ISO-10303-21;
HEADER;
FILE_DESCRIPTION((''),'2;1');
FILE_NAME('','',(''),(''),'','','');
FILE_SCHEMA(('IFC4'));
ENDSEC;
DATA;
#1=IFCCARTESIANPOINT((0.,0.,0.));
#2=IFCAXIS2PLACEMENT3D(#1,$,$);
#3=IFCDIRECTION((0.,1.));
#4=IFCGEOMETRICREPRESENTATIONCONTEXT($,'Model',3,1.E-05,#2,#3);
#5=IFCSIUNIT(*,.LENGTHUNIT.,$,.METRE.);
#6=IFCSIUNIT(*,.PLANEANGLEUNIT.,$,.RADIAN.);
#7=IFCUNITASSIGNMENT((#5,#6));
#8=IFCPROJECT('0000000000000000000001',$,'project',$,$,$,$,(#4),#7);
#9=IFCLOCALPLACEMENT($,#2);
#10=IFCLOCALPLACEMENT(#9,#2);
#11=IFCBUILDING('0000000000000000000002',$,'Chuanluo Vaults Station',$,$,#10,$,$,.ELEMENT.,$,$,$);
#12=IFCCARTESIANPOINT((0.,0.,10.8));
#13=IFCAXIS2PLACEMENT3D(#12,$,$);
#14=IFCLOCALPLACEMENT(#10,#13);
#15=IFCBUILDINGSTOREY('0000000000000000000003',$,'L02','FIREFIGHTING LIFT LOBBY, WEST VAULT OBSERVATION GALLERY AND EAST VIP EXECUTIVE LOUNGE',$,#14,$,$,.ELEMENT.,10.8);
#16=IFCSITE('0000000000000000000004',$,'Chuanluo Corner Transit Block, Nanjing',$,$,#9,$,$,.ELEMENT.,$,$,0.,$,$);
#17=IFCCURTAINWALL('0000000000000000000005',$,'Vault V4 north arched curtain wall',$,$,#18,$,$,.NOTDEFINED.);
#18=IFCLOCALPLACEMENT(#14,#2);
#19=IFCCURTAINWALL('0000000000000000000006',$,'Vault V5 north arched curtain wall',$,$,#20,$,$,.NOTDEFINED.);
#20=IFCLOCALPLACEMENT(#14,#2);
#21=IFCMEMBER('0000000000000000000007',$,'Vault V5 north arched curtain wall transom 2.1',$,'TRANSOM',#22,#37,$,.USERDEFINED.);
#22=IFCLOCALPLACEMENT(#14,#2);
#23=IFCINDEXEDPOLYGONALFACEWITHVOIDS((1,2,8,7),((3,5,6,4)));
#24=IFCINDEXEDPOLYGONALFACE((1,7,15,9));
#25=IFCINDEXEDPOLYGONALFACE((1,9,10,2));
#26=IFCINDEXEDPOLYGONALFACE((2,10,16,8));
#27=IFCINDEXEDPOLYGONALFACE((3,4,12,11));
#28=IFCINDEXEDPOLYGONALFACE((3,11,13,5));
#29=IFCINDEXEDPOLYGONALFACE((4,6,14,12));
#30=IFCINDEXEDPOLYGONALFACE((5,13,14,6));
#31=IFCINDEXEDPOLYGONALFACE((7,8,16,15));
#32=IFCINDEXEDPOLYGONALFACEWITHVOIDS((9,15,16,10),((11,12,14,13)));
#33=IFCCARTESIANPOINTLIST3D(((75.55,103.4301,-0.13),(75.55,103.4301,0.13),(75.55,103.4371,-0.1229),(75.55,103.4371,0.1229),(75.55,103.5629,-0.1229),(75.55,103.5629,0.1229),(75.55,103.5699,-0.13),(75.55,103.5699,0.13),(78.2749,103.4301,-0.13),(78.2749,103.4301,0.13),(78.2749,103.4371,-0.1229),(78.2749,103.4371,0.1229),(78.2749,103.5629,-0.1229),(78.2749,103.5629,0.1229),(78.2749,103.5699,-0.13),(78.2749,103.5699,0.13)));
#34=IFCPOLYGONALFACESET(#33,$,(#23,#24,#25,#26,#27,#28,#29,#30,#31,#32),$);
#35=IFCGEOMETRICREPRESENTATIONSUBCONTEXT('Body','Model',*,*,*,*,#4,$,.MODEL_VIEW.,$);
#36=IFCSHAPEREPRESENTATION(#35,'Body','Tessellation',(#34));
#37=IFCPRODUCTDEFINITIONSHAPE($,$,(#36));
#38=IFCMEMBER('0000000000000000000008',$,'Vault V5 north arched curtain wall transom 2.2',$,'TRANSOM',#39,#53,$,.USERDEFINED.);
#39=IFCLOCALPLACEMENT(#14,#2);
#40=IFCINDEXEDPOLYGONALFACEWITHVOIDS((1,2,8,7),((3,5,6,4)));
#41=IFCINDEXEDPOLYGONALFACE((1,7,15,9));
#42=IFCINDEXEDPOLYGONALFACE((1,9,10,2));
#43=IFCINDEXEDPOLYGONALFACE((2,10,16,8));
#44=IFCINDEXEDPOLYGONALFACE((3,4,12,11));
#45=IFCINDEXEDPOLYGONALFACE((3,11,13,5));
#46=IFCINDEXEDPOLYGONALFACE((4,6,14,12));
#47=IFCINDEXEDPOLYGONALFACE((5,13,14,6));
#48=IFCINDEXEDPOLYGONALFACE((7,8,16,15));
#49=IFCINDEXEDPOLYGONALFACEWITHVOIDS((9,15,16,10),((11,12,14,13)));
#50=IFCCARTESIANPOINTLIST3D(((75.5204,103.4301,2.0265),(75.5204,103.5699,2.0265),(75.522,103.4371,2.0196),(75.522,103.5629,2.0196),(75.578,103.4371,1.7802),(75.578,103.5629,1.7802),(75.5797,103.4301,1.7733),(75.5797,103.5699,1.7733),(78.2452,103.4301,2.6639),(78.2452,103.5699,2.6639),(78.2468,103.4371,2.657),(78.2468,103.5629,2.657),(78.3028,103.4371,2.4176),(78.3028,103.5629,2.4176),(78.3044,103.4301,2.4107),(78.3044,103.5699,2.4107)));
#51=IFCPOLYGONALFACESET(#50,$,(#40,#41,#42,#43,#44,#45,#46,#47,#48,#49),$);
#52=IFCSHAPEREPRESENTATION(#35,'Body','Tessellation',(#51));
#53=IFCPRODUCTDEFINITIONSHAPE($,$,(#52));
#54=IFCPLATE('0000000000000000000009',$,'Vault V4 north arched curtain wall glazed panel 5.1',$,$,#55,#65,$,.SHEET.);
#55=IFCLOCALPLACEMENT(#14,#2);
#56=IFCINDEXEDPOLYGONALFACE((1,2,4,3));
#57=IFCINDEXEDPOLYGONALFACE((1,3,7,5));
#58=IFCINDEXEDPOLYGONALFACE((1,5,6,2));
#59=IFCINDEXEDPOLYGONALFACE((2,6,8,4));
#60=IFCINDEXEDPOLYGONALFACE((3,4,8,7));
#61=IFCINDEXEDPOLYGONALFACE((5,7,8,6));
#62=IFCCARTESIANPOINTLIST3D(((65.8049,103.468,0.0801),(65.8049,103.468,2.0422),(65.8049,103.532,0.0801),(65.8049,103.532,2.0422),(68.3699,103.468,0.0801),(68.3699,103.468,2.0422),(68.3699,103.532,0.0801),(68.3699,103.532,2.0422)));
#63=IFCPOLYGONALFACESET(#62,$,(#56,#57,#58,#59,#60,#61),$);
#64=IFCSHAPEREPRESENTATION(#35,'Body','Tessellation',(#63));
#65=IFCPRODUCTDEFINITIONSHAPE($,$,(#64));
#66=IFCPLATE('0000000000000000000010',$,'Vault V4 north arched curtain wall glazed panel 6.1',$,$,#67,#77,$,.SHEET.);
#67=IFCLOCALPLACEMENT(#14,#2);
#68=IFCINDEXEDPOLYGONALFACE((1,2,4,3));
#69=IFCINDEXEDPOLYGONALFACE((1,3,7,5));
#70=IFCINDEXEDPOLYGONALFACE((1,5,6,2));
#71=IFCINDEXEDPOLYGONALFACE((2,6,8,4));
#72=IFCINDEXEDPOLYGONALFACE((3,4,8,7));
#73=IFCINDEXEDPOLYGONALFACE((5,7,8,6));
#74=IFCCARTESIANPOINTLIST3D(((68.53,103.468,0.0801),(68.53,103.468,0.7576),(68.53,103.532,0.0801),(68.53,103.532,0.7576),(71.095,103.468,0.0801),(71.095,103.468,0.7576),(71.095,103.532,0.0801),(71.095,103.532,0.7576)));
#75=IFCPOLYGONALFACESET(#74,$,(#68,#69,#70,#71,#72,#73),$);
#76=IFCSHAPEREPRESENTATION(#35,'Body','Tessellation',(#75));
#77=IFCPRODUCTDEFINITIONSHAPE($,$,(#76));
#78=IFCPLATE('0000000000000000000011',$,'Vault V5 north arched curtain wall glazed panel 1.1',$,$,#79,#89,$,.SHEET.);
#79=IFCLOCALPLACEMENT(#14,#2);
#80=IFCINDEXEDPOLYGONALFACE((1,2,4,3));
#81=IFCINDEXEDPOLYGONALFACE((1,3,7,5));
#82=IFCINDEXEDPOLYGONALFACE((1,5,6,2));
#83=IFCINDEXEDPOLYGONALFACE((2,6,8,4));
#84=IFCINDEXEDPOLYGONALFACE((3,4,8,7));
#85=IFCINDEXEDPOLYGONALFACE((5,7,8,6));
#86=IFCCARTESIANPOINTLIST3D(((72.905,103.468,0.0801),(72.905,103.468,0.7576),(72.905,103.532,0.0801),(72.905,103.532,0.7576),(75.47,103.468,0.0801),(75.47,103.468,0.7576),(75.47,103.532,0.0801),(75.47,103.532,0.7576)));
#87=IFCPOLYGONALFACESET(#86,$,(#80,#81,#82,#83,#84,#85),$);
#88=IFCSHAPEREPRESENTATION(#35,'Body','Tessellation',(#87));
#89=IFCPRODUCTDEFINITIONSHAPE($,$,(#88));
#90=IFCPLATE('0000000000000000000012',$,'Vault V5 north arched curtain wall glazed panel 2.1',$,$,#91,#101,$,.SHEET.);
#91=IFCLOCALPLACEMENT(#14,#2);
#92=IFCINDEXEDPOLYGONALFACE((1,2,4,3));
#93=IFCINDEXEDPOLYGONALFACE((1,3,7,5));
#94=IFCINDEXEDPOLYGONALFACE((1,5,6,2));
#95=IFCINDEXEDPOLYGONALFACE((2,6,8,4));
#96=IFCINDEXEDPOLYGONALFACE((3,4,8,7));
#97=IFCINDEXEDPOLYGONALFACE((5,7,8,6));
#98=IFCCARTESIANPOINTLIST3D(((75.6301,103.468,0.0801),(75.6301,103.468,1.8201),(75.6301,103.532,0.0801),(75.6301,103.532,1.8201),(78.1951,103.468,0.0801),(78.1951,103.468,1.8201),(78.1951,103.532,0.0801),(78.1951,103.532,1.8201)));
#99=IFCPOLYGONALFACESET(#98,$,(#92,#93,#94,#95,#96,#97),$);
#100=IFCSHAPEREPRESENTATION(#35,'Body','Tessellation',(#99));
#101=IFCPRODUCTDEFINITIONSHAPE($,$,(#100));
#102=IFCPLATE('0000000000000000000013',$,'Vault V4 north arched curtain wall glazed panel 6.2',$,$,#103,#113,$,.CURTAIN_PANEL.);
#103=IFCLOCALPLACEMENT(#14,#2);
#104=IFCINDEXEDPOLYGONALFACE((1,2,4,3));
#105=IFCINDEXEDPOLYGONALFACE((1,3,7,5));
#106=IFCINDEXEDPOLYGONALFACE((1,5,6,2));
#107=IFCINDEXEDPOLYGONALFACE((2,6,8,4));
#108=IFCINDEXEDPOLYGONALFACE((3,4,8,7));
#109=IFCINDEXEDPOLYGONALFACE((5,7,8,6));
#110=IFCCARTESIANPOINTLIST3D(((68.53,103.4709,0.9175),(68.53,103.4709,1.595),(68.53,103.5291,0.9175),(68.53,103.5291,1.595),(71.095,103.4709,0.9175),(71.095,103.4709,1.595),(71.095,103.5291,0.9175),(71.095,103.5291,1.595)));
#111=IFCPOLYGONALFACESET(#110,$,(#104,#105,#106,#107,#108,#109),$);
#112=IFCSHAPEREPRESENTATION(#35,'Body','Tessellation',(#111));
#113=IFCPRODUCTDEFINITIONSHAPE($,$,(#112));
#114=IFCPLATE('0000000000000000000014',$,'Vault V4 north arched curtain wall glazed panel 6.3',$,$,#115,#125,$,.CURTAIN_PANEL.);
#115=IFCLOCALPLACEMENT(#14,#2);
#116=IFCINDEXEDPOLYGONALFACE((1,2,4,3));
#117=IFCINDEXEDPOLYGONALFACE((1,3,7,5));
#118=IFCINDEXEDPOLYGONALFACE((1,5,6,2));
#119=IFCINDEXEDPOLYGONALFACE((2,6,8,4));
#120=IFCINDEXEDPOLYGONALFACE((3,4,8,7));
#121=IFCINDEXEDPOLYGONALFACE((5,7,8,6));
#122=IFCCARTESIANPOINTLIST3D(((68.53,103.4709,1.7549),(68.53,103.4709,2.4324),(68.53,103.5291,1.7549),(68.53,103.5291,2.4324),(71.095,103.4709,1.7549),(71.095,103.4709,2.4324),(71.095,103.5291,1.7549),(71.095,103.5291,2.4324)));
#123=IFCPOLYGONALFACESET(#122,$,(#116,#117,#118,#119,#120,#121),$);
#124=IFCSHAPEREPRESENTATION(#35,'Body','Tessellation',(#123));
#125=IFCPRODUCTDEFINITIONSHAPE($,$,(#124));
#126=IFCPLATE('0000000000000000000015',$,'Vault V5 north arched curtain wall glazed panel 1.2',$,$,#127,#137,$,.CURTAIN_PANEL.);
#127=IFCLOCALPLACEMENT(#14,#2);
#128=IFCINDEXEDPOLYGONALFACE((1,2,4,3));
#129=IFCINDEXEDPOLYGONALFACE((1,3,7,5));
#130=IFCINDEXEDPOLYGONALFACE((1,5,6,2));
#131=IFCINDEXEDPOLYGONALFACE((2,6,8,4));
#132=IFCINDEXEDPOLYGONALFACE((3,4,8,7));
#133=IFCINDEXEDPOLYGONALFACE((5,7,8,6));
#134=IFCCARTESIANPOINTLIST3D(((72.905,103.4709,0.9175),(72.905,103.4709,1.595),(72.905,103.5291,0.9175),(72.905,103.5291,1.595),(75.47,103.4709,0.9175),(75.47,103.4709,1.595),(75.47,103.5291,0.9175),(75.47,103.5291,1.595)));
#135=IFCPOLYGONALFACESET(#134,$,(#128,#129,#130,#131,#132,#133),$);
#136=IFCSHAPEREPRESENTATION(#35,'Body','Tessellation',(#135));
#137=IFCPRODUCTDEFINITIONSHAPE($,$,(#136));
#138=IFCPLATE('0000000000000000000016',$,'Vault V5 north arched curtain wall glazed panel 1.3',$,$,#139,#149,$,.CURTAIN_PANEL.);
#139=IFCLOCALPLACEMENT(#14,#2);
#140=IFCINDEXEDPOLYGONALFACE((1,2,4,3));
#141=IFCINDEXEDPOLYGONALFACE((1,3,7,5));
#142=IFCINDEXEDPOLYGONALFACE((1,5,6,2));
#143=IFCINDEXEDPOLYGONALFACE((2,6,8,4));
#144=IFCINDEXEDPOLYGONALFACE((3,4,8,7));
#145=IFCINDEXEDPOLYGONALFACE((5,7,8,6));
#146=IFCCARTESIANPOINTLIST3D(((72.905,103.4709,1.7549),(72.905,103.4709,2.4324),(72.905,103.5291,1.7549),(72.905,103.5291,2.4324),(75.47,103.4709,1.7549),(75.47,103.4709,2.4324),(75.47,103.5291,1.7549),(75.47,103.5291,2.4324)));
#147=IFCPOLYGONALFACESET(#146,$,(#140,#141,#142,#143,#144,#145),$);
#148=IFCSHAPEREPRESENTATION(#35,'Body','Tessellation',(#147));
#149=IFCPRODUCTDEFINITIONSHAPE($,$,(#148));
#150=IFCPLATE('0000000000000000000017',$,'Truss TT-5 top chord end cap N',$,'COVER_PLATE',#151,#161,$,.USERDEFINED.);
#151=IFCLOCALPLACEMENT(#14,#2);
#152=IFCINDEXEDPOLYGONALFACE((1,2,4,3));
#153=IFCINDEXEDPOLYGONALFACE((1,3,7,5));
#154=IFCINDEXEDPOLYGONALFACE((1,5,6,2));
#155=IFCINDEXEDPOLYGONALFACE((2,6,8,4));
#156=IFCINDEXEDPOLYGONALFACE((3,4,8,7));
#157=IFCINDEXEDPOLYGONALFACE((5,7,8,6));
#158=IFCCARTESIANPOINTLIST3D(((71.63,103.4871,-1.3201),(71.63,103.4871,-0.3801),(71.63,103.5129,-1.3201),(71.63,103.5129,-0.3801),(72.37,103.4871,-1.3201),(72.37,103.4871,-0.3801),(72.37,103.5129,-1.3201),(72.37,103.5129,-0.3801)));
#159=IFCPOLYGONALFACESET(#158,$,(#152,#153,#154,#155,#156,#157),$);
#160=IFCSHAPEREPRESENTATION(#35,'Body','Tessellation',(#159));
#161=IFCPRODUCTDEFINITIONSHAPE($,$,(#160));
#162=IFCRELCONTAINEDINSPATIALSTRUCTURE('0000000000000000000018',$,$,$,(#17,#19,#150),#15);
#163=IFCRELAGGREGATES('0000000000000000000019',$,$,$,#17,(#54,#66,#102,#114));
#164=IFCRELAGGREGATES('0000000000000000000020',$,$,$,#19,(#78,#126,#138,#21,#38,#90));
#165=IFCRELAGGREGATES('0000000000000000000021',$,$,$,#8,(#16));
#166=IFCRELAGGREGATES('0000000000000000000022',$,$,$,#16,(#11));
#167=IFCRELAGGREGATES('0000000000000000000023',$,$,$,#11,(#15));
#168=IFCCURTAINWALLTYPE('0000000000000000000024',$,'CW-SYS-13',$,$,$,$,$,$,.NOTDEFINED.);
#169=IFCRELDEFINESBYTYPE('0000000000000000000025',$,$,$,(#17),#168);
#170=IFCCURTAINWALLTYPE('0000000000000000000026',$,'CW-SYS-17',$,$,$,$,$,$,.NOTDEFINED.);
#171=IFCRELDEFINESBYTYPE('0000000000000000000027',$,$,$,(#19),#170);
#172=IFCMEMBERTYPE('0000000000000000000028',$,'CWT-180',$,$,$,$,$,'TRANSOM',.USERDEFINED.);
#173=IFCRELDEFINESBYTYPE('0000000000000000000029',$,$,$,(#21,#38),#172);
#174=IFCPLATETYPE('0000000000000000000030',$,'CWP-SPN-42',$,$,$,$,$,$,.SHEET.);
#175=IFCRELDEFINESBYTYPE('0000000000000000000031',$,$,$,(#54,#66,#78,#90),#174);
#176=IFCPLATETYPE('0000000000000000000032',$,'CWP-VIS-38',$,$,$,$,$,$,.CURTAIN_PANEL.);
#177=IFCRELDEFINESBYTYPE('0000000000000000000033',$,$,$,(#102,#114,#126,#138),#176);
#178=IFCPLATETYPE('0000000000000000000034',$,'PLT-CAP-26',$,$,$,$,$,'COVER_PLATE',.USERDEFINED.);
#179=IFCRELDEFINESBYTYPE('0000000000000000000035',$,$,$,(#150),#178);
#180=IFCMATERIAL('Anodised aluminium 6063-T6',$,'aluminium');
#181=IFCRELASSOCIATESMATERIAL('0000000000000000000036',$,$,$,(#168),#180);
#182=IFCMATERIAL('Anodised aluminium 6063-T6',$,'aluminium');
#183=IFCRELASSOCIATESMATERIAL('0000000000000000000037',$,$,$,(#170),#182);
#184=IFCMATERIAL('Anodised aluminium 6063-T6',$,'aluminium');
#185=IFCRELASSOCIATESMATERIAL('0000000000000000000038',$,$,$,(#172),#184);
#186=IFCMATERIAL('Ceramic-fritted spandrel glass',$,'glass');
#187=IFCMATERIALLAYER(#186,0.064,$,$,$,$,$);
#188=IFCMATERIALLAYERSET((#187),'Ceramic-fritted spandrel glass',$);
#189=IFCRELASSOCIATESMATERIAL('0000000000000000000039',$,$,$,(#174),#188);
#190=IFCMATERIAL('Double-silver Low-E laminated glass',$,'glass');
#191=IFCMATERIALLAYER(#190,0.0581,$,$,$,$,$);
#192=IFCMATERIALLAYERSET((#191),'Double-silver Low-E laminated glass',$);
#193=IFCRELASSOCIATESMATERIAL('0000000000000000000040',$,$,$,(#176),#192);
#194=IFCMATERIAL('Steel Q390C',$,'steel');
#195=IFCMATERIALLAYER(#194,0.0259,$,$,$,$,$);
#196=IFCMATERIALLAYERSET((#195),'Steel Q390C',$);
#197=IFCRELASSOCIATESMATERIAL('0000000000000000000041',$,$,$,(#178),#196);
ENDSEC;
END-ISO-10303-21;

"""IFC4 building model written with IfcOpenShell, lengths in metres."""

from ifc_helpers import new_model, si_unit, direction, frame, origin, origin_2d, place, context, subcontext, project, spatial, rectangle, hollow_rectangle, extrude, material, layer, layer_set, material_profile, profile_set, type_object, element, aggregate, save


model = new_model("IFC4")

# Units and contexts
model_context = context("Model", 3, precision=1e-05, world=origin(), true_north=direction((0.0, 1.0)))
body_context = subcontext(model_context, "Body", "Model", "MODEL_VIEW")
ifc_project = project(units=[si_unit("LENGTHUNIT", "METRE"), si_unit("PLANEANGLEUNIT", "RADIAN")], contexts=[model_context])

# Site, building, storey
site_placement = place(None, origin())
site = spatial("IfcSite", under=ifc_project, at=site_placement, Name="Chuanluo Corner Transit Block, Nanjing", CompositionType="ELEMENT", RefElevation=0.0)
building_placement = place(site_placement, origin())
building = spatial("IfcBuilding", under=site, at=building_placement, Name="Chuanluo Vaults Station", CompositionType="ELEMENT")
storey_placement = place(building_placement, frame((0.0, 0.0, 10.8)))
storey = spatial("IfcBuildingStorey", under=building, at=storey_placement, Name="L02", Description="FIREFIGHTING LIFT LOBBY, WEST VAULT OBSERVATION GALLERY AND EAST VIP EXECUTIVE LOUNGE", CompositionType="ELEMENT", Elevation=10.8)

# Curtain walls
ifc_material_1 = material(Name="Anodised aluminium 6063-T6", Category="aluminium")
curtain_wall_type_1 = type_object("IfcCurtainWallType", Name="CW-SYS-13", PredefinedType="NOTDEFINED", material=ifc_material_1)
curtain_wall_1_placement = place(storey_placement, origin())
curtain_wall_1 = element("IfcCurtainWall", 1, at=curtain_wall_1_placement, inside=storey, type_object=curtain_wall_type_1, Name="Vault V4 north arched curtain wall", PredefinedType="NOTDEFINED")
ifc_material_2 = material(Name="Anodised aluminium 6063-T6", Category="aluminium")
curtain_wall_type_2 = type_object("IfcCurtainWallType", Name="CW-SYS-17", PredefinedType="NOTDEFINED", material=ifc_material_2)
curtain_wall_2_placement = place(storey_placement, origin())
curtain_wall_2 = element("IfcCurtainWall", 2, at=curtain_wall_2_placement, inside=storey, type_object=curtain_wall_type_2, Name="Vault V5 north arched curtain wall", PredefinedType="NOTDEFINED")

# Members
ifc_material_3 = material(Name="Anodised aluminium 6063-T6", Category="aluminium")
ifc_material_profile_1 = material_profile(ifc_material_3, hollow_rectangle(XDim=0.1399, YDim=0.26, WallThickness=0.0071, at=origin_2d()))
ifc_profile_set_1 = profile_set([ifc_material_profile_1], Name="Anodised aluminium 6063-T6")
member_type_1 = type_object("IfcMemberType", Name="CWT-180", ElementType="TRANSOM", PredefinedType="USERDEFINED", material=ifc_profile_set_1)
member_1_placement = place(storey_placement, frame((75.55, 103.5, 0.0), z_axis=(1.0, 0.0, 0.0), x_axis=(0.0, 1.0, 0.0)))
member_1 = element("IfcMember", 3, at=member_1_placement, type_object=member_type_1, Name="Vault V5 north arched curtain wall transom 2.1", ObjectType="TRANSOM", PredefinedType="USERDEFINED", context=body_context, shape_type="SweptSolid", body=[
    extrude(hollow_rectangle(XDim=0.1399, YDim=0.26, WallThickness=0.0071, at=origin_2d()), origin(), (0.0, 0.0, 1.0), 2.7249),
])
member_2_placement = place(storey_placement, frame((75.55, 103.5, 1.8999), z_axis=(0.97371, 0.0, 0.227789), x_axis=(0.0, 1.0, 0.0)))
member_2 = element("IfcMember", 4, at=member_2_placement, type_object=member_type_1, Name="Vault V5 north arched curtain wall transom 2.2", ObjectType="TRANSOM", PredefinedType="USERDEFINED", context=body_context, shape_type="SweptSolid", body=[
    extrude(hollow_rectangle(XDim=0.1399, YDim=0.26, WallThickness=0.0071, at=origin_2d()), origin(), (0.0, 0.0, 1.0), 2.7983),
])

# Plates
ifc_material_4 = material(Name="Ceramic-fritted spandrel glass", Category="glass")
ifc_layer_1 = layer(ifc_material_4, 0.064)
ifc_layer_set_1 = layer_set([ifc_layer_1], Name="Ceramic-fritted spandrel glass")
plate_type_1 = type_object("IfcPlateType", Name="CWP-SPN-42", PredefinedType="SHEET", material=ifc_layer_set_1)
plate_1_placement = place(storey_placement, frame((67.0874, 103.5, 0.0801), z_axis=(0.0, 0.0, 1.0), x_axis=(1.0, 0.0, 0.0)))
plate_1 = element("IfcPlate", 5, at=plate_1_placement, type_object=plate_type_1, Name="Vault V4 north arched curtain wall glazed panel 5.1", PredefinedType="SHEET", context=body_context, shape_type="SweptSolid", body=[
    extrude(rectangle(XDim=2.5649, YDim=0.064, at=origin_2d()), origin(), (0.0, 0.0, 1.0), 1.9622),
])
plate_2_placement = place(storey_placement, frame((69.8125, 103.5, 0.0801), z_axis=(0.0, 0.0, 1.0), x_axis=(1.0, 0.0, 0.0)))
plate_2 = element("IfcPlate", 6, at=plate_2_placement, type_object=plate_type_1, Name="Vault V4 north arched curtain wall glazed panel 6.1", PredefinedType="SHEET", context=body_context, shape_type="SweptSolid", body=[
    extrude(rectangle(XDim=2.5649, YDim=0.064, at=origin_2d()), origin(), (0.0, 0.0, 1.0), 0.6775),
])
plate_3_placement = place(storey_placement, frame((74.1875, 103.5, 0.0801), z_axis=(0.0, 0.0, 1.0), x_axis=(1.0, 0.0, 0.0)))
plate_3 = element("IfcPlate", 7, at=plate_3_placement, type_object=plate_type_1, Name="Vault V5 north arched curtain wall glazed panel 1.1", PredefinedType="SHEET", context=body_context, shape_type="SweptSolid", body=[
    extrude(rectangle(XDim=2.5649, YDim=0.064, at=origin_2d()), origin(), (0.0, 0.0, 1.0), 0.6775),
])
plate_4_placement = place(storey_placement, frame((76.9126, 103.5, 0.0801), z_axis=(0.0, 0.0, 1.0), x_axis=(1.0, 0.0, 0.0)))
plate_4 = element("IfcPlate", 8, at=plate_4_placement, type_object=plate_type_1, Name="Vault V5 north arched curtain wall glazed panel 2.1", PredefinedType="SHEET", context=body_context, shape_type="SweptSolid", body=[
    extrude(rectangle(XDim=2.5649, YDim=0.064, at=origin_2d()), origin(), (0.0, 0.0, 1.0), 1.74),
])
ifc_material_5 = material(Name="Double-silver Low-E laminated glass", Category="glass")
ifc_layer_2 = layer(ifc_material_5, 0.0581)
ifc_layer_set_2 = layer_set([ifc_layer_2], Name="Double-silver Low-E laminated glass")
plate_type_2 = type_object("IfcPlateType", Name="CWP-VIS-38", PredefinedType="CURTAIN_PANEL", material=ifc_layer_set_2)
plate_5_placement = place(storey_placement, frame((69.8125, 103.5, 0.9175), z_axis=(0.0, 0.0, 1.0), x_axis=(1.0, 0.0, 0.0)))
plate_5 = element("IfcPlate", 9, at=plate_5_placement, type_object=plate_type_2, Name="Vault V4 north arched curtain wall glazed panel 6.2", PredefinedType="CURTAIN_PANEL", context=body_context, shape_type="SweptSolid", body=[
    extrude(rectangle(XDim=2.5649, YDim=0.0581, at=origin_2d()), origin(), (0.0, 0.0, 1.0), 0.6775),
])
plate_6_placement = place(storey_placement, frame((69.8125, 103.5, 1.7549), z_axis=(0.0, 0.0, 1.0), x_axis=(1.0, 0.0, 0.0)))
plate_6 = element("IfcPlate", 10, at=plate_6_placement, type_object=plate_type_2, Name="Vault V4 north arched curtain wall glazed panel 6.3", PredefinedType="CURTAIN_PANEL", context=body_context, shape_type="SweptSolid", body=[
    extrude(rectangle(XDim=2.5649, YDim=0.0581, at=origin_2d()), origin(), (0.0, 0.0, 1.0), 0.6775),
])
aggregate(curtain_wall_1, [plate_1, plate_2, plate_5, plate_6])
plate_7_placement = place(storey_placement, frame((74.1875, 103.5, 0.9175), z_axis=(0.0, 0.0, 1.0), x_axis=(1.0, 0.0, 0.0)))
plate_7 = element("IfcPlate", 11, at=plate_7_placement, type_object=plate_type_2, Name="Vault V5 north arched curtain wall glazed panel 1.2", PredefinedType="CURTAIN_PANEL", context=body_context, shape_type="SweptSolid", body=[
    extrude(rectangle(XDim=2.5649, YDim=0.0581, at=origin_2d()), origin(), (0.0, 0.0, 1.0), 0.6775),
])
plate_8_placement = place(storey_placement, frame((74.1875, 103.5, 1.7549), z_axis=(0.0, 0.0, 1.0), x_axis=(1.0, 0.0, 0.0)))
plate_8 = element("IfcPlate", 12, at=plate_8_placement, type_object=plate_type_2, Name="Vault V5 north arched curtain wall glazed panel 1.3", PredefinedType="CURTAIN_PANEL", context=body_context, shape_type="SweptSolid", body=[
    extrude(rectangle(XDim=2.5649, YDim=0.0581, at=origin_2d()), origin(), (0.0, 0.0, 1.0), 0.6775),
])
aggregate(curtain_wall_2, [plate_3, plate_7, plate_8, member_1, member_2, plate_4])
ifc_material_6 = material(Name="Steel Q390C", Category="steel")
ifc_layer_3 = layer(ifc_material_6, 0.0259)
ifc_layer_set_3 = layer_set([ifc_layer_3], Name="Steel Q390C")
plate_type_3 = type_object("IfcPlateType", Name="PLT-CAP-26", ElementType="COVER_PLATE", PredefinedType="USERDEFINED", material=ifc_layer_set_3)
plate_9_placement = place(storey_placement, frame((72.0, 103.5, -1.3201), z_axis=(0.0, 0.0, 1.0), x_axis=(1.0, 0.0, 0.0)))
element("IfcPlate", 13, at=plate_9_placement, inside=storey, type_object=plate_type_3, Name="Truss TT-5 top chord end cap N", ObjectType="COVER_PLATE", PredefinedType="USERDEFINED", context=body_context, shape_type="SweptSolid", body=[
    extrude(rectangle(XDim=0.74, YDim=0.0259, at=origin_2d()), origin(), (0.0, 0.0, 1.0), 0.9399),
])

save(model, "model.ifc")
